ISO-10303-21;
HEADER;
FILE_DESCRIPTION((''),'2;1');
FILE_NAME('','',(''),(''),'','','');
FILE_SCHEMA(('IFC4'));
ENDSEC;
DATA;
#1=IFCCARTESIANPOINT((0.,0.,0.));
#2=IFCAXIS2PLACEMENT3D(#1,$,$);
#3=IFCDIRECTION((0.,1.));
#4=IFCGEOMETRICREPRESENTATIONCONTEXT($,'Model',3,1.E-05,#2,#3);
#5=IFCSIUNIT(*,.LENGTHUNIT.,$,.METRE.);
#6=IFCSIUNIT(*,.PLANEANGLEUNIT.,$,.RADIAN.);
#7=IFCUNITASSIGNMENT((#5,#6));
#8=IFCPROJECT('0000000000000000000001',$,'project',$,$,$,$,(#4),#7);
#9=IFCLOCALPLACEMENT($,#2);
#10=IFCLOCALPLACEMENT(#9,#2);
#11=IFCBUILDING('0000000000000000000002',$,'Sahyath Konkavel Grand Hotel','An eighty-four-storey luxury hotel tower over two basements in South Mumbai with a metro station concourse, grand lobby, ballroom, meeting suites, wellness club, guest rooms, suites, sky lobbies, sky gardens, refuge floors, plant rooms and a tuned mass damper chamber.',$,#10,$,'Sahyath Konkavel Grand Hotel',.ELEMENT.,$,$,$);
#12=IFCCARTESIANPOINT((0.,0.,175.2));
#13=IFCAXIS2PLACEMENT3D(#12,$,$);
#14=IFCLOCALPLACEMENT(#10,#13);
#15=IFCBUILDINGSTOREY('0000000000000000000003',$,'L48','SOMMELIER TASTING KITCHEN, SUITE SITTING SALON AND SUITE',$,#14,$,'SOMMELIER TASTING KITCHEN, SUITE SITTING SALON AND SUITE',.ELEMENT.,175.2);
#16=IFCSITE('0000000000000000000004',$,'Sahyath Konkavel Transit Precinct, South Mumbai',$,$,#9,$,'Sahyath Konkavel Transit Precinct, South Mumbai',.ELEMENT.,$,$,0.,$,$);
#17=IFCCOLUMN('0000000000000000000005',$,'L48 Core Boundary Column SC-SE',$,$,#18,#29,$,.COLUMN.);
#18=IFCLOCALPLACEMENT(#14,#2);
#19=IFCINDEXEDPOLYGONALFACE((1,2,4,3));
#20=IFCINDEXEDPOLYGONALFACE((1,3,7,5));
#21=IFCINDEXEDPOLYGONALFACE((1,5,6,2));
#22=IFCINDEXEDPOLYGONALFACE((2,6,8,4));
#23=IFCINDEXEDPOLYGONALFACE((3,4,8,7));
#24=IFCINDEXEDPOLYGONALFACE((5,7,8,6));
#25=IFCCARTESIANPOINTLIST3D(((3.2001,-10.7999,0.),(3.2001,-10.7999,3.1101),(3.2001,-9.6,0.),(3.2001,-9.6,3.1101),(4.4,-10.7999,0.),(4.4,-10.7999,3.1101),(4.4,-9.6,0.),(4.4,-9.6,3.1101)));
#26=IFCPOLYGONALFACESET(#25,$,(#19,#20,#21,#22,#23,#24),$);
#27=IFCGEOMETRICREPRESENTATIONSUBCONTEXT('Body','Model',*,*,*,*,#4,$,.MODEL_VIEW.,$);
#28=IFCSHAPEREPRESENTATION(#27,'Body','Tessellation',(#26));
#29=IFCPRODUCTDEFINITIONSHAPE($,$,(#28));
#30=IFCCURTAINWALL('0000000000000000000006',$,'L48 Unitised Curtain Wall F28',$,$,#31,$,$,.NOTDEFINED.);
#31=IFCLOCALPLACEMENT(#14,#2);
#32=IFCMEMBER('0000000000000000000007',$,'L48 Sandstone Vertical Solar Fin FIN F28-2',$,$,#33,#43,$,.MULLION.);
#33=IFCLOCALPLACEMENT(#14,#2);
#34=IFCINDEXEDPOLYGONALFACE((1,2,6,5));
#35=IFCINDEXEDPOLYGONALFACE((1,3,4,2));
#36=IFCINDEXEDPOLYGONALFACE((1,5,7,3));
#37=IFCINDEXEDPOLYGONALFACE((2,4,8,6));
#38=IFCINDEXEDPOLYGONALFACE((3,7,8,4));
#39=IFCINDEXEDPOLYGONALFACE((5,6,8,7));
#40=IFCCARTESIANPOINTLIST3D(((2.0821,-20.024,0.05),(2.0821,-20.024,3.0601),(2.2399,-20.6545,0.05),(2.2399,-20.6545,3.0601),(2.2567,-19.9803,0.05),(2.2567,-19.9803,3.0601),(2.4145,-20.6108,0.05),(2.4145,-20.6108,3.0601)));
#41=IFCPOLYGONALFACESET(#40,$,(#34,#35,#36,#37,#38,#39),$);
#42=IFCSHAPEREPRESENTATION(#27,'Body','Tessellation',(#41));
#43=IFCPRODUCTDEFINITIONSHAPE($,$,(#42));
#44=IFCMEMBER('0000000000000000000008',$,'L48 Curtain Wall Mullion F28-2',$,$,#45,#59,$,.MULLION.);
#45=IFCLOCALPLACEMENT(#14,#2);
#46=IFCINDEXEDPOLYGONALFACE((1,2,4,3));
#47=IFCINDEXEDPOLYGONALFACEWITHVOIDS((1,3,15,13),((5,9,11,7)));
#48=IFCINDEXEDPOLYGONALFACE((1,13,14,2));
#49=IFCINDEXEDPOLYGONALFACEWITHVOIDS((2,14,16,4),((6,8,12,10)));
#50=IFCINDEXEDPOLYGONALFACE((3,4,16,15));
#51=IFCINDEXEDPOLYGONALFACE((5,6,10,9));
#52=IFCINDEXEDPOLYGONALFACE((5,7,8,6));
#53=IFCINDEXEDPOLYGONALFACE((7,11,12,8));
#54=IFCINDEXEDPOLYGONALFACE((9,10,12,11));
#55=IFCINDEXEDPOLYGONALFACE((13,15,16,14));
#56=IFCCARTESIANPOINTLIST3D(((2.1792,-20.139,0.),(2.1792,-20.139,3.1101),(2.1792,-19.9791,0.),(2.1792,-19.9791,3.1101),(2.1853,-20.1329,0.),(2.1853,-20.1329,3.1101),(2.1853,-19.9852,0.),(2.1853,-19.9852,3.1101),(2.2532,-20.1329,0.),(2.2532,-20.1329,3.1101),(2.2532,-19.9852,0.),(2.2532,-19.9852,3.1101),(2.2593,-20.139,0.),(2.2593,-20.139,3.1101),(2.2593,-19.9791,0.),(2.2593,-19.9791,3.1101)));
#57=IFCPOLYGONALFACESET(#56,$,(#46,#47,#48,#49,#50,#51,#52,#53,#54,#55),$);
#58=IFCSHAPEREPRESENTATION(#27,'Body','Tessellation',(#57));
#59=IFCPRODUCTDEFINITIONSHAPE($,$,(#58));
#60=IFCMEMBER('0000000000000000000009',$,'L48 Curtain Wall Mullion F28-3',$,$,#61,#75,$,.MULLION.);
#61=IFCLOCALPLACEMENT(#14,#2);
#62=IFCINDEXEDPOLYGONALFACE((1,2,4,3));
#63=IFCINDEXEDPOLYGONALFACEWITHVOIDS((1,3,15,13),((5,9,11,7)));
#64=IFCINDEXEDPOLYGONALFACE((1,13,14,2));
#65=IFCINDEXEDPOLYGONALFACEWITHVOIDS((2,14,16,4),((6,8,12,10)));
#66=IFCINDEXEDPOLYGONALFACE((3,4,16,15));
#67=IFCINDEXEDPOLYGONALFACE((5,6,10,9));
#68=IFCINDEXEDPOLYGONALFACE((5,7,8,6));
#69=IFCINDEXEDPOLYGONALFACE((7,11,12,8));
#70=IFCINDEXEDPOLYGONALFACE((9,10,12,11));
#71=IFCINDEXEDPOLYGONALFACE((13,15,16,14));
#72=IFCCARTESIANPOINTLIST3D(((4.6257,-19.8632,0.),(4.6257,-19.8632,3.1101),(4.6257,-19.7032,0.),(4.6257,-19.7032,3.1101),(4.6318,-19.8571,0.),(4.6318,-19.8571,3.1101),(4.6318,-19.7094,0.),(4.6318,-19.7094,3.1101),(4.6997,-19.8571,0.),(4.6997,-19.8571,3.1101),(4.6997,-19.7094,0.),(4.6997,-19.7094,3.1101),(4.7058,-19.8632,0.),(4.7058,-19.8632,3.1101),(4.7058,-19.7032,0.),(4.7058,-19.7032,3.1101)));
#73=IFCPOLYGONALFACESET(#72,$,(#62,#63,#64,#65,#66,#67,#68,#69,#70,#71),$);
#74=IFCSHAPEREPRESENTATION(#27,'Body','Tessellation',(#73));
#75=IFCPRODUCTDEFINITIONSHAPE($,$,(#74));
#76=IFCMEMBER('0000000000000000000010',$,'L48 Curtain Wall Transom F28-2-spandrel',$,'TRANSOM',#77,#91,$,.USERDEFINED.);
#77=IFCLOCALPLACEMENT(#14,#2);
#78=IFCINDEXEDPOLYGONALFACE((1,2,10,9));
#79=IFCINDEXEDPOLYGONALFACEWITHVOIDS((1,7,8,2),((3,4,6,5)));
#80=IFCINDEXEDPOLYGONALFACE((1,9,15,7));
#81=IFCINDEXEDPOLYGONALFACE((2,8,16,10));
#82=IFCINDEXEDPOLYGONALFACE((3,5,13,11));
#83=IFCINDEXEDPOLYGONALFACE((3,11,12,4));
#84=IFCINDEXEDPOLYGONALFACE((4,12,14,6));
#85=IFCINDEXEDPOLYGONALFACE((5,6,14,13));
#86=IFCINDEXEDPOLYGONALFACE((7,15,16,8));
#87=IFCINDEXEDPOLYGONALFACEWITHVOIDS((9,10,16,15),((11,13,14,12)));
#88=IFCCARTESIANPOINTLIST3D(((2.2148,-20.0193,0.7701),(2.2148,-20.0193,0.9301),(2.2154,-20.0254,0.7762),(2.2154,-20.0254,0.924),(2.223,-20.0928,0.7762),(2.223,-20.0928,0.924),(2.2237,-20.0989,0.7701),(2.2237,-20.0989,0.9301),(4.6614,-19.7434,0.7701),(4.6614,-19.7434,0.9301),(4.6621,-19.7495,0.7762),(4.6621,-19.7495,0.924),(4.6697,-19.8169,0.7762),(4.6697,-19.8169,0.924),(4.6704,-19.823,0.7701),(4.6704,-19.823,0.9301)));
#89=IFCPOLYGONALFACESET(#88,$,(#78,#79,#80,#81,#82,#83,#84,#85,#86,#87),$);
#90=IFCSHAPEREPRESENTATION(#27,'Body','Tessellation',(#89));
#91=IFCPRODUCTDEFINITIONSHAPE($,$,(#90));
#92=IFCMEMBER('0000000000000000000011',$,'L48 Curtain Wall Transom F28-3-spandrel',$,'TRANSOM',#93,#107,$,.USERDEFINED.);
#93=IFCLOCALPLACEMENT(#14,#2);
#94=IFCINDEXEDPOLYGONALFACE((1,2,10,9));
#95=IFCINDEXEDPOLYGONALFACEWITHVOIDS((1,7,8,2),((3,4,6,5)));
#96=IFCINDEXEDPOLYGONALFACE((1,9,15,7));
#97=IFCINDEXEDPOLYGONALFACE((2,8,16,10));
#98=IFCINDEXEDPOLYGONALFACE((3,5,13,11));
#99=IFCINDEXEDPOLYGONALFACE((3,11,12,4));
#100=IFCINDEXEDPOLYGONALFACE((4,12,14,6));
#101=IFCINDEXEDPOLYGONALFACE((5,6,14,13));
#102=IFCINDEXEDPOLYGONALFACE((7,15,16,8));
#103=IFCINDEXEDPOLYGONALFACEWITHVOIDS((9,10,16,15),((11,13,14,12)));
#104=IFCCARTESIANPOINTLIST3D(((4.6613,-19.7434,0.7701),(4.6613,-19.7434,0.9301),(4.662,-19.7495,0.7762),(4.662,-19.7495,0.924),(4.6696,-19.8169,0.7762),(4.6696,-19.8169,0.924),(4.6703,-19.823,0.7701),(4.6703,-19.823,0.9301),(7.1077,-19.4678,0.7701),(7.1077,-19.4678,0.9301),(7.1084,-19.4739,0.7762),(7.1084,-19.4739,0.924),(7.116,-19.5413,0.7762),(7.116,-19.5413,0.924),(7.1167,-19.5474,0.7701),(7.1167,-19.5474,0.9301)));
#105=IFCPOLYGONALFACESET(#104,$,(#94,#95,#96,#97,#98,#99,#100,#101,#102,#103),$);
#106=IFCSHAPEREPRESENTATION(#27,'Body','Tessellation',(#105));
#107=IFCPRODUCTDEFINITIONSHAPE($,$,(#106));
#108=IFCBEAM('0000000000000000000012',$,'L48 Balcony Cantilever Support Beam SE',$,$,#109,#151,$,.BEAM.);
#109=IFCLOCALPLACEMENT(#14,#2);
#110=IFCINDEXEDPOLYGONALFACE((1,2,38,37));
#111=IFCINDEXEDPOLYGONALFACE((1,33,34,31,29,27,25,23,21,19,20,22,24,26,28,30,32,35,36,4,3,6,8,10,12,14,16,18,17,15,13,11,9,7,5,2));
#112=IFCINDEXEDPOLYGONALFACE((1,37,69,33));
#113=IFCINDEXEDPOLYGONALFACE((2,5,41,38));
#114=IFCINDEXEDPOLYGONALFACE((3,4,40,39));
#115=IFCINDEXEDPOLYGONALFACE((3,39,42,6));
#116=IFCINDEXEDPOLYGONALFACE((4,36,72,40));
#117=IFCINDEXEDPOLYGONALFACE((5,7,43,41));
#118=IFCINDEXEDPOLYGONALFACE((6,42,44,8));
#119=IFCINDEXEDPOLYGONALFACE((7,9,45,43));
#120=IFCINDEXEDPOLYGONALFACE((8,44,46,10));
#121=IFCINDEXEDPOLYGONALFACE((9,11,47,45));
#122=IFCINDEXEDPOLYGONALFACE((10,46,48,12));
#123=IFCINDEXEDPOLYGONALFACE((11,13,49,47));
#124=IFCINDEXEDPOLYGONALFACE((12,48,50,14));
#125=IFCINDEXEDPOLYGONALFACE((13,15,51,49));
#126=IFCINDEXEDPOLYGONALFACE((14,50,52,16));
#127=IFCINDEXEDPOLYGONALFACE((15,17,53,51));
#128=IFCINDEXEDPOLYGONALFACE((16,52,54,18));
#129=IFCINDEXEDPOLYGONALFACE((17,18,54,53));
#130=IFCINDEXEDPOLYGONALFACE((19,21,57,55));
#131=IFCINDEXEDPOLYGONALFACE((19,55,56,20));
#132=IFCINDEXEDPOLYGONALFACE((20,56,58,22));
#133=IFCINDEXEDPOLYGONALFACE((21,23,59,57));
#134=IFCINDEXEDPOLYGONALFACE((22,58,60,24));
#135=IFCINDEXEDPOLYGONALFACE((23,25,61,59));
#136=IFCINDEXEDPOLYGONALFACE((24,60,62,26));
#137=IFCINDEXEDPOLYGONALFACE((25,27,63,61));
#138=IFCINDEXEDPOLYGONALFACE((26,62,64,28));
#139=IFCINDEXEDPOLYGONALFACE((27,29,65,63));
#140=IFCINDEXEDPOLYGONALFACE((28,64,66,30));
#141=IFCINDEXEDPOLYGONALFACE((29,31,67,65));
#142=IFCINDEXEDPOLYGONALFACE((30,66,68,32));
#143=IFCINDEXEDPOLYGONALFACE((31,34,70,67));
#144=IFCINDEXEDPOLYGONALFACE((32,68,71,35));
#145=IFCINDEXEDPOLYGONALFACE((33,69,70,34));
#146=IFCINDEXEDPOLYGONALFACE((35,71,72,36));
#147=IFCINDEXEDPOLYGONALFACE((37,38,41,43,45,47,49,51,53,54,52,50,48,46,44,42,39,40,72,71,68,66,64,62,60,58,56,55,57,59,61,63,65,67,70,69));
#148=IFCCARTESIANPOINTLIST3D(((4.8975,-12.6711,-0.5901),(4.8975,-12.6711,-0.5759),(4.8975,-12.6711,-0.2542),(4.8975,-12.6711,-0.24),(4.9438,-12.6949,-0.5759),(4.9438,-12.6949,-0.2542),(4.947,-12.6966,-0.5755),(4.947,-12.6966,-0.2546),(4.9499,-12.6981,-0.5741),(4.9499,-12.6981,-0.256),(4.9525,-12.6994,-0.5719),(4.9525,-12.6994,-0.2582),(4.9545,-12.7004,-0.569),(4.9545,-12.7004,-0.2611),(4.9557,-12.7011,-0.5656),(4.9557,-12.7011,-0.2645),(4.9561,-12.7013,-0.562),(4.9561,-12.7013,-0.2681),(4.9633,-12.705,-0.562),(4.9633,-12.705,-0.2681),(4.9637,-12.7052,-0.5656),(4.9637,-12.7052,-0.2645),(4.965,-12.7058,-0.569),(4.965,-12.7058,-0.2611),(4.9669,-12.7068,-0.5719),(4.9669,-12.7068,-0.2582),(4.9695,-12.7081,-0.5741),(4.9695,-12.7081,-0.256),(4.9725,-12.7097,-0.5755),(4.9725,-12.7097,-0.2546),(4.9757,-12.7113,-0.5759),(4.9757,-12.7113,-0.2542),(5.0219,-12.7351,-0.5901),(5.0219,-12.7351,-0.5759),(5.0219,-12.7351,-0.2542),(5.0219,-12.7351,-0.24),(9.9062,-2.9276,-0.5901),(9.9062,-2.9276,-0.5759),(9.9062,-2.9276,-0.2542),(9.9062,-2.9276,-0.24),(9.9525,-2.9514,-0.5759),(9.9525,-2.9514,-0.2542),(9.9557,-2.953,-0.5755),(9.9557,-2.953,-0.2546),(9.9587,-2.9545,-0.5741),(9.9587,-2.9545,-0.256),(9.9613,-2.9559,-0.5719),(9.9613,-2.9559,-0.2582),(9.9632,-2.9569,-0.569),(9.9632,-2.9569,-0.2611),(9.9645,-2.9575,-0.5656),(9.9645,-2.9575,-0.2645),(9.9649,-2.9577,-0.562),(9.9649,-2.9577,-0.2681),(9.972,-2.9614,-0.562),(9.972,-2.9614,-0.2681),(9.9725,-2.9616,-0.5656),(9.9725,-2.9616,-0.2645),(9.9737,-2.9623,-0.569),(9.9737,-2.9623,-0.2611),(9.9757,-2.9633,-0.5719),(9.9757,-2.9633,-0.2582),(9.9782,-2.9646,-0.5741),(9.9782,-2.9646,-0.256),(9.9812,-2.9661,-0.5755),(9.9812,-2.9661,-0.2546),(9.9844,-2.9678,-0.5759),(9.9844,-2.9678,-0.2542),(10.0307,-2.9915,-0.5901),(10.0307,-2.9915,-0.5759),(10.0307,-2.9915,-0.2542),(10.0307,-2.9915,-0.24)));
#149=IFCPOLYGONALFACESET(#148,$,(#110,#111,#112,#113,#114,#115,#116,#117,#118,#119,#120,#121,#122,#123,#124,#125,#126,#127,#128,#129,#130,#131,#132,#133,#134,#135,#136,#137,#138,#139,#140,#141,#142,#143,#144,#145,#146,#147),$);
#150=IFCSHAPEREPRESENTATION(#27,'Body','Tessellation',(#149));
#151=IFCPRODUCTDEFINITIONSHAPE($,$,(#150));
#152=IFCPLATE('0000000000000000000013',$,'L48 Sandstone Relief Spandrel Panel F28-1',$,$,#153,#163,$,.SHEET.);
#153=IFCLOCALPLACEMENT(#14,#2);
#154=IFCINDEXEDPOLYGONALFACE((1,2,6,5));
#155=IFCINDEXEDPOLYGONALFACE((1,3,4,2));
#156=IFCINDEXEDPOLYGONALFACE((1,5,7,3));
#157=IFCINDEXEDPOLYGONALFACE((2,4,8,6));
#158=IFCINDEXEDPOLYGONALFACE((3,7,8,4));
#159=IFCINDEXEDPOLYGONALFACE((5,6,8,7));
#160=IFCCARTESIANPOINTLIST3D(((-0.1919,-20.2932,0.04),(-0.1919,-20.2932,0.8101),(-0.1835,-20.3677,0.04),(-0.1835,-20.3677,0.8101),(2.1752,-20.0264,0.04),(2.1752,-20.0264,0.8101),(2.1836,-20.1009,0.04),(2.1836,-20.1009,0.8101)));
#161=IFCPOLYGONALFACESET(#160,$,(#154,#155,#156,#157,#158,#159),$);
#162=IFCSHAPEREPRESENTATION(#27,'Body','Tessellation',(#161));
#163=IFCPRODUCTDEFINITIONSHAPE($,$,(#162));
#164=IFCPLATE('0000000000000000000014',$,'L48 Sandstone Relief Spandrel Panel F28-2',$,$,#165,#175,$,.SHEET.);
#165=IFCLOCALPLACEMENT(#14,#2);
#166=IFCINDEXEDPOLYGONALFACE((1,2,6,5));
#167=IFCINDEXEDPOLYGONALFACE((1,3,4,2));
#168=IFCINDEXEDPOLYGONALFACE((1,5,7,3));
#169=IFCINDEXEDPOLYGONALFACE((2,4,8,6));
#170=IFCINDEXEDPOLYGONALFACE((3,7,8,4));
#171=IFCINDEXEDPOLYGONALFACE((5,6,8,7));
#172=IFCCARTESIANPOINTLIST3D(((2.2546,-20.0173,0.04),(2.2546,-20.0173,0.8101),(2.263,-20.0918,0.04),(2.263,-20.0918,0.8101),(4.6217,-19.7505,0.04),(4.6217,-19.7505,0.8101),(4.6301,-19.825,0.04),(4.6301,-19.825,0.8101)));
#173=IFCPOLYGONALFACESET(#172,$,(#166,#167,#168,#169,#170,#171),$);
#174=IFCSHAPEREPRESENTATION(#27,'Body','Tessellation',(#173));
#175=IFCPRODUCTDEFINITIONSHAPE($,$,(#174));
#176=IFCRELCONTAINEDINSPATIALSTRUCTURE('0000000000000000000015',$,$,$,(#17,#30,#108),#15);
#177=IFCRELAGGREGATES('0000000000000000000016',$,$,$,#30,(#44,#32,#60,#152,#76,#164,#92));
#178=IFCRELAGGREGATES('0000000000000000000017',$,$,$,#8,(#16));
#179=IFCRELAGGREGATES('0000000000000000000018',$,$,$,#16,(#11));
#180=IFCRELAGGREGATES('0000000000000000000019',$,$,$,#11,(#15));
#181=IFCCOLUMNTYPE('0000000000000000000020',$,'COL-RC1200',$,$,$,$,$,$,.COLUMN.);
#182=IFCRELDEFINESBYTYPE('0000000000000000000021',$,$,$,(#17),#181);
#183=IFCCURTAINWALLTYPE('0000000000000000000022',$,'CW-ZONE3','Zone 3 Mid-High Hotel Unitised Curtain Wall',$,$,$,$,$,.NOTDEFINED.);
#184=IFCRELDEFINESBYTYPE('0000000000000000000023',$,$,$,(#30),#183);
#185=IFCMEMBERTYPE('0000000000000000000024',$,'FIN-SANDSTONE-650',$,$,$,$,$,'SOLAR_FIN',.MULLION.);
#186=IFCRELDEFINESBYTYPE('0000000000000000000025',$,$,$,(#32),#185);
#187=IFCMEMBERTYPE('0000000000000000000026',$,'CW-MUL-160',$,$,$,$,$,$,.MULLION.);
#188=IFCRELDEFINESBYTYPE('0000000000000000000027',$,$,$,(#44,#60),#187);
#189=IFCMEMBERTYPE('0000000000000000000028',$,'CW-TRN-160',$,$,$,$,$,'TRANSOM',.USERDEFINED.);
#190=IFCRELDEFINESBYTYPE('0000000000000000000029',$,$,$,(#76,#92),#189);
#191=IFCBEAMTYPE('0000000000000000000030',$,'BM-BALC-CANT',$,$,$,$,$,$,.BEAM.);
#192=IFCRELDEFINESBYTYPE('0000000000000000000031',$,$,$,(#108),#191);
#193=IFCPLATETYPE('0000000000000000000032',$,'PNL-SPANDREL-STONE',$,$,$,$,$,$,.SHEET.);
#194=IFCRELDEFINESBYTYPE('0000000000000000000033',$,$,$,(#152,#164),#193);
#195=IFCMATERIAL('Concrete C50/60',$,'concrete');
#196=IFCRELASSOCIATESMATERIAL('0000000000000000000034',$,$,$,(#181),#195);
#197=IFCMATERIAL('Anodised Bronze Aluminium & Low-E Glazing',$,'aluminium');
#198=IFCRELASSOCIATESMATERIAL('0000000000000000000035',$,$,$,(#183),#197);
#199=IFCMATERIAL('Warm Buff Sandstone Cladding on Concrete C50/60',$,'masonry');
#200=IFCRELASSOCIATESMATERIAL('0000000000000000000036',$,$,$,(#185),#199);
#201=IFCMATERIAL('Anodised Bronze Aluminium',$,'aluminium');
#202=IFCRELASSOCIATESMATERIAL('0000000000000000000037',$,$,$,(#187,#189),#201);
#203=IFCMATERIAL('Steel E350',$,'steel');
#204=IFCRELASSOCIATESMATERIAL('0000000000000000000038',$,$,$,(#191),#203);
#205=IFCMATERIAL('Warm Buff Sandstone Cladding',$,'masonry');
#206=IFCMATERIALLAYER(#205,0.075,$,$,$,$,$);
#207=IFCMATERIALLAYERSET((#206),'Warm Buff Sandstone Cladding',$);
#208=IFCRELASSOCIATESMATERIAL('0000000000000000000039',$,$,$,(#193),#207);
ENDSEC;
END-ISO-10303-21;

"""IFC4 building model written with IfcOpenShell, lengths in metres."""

from ifc_helpers import new_model, si_unit, direction, frame, origin, origin_2d, place, context, subcontext, project, spatial, rectangle, hollow_rectangle, i_section, extrude, source, transform, mapped, material, layer, layer_set, material_profile, profile_set, type_object, element, aggregate, save


model = new_model("IFC4")

# Units and contexts
model_context = context("Model", 3, precision=1e-05, world=origin(), true_north=direction((0.0, 1.0)))
body_context = subcontext(model_context, "Body", "Model", "MODEL_VIEW")
ifc_project = project(units=[si_unit("LENGTHUNIT", "METRE"), si_unit("PLANEANGLEUNIT", "RADIAN")], contexts=[model_context])

# Site, building, storey
site_placement = place(None, origin())
site = spatial("IfcSite", under=ifc_project, at=site_placement, Name="Sahyath Konkavel Transit Precinct, South Mumbai", LongName="Sahyath Konkavel Transit Precinct, South Mumbai", CompositionType="ELEMENT", RefElevation=0.0)
building_placement = place(site_placement, origin())
building = spatial("IfcBuilding", under=site, at=building_placement, Name="Sahyath Konkavel Grand Hotel", Description="An eighty-four-storey luxury hotel tower over two basements in South Mumbai with a metro station concourse, grand lobby, ballroom, meeting suites, wellness club, guest rooms, suites, sky lobbies, sky gardens, refuge floors, plant rooms and a tuned mass damper chamber.", LongName="Sahyath Konkavel Grand Hotel", CompositionType="ELEMENT")
storey_placement = place(building_placement, frame((0.0, 0.0, 175.2)))
storey = spatial("IfcBuildingStorey", under=building, at=storey_placement, Name="L48", Description="SOMMELIER TASTING KITCHEN, SUITE SITTING SALON AND SUITE", LongName="SOMMELIER TASTING KITCHEN, SUITE SITTING SALON AND SUITE", CompositionType="ELEMENT", Elevation=175.2)

# Column
ifc_material_1 = material(Name="Concrete C50/60", Category="concrete")
ifc_material_profile_1 = material_profile(ifc_material_1, rectangle(XDim=1.2, YDim=1.2, at=origin_2d()), Name="RC 1200x1200")
ifc_profile_set_1 = profile_set([ifc_material_profile_1], Name="Concrete C50/60")
column_type = type_object("IfcColumnType", Name="COL-RC1200", PredefinedType="COLUMN", material=ifc_profile_set_1)
shared_shape_1 = source(origin(), body_context, "Body", "SweptSolid", [
    extrude(rectangle(XDim=1.2, YDim=1.2, at=origin_2d()), origin(), (0.0, 0.0, 1.0), 3.1101),
])
column_placement = place(storey_placement, frame((3.8, -10.2, 0.0), z_axis=(0.0, 0.0, 1.0), x_axis=(1.0, 0.0, 0.0)))
element("IfcColumn", 1, at=column_placement, inside=storey, type_object=column_type, Name="L48 Core Boundary Column SC-SE", PredefinedType="COLUMN", context=body_context, shape_type="MappedRepresentation", body=[
    mapped(shared_shape_1, transform((0.0, 0.0, 0.0), scale=1.0)),
])

# Curtain wall, members
ifc_material_2 = material(Name="Anodised Bronze Aluminium & Low-E Glazing", Category="aluminium")
curtain_wall_type = type_object("IfcCurtainWallType", Name="CW-ZONE3", Description="Zone 3 Mid-High Hotel Unitised Curtain Wall", PredefinedType="NOTDEFINED", material=ifc_material_2)
curtain_wall_placement = place(storey_placement, origin())
curtain_wall = element("IfcCurtainWall", 2, at=curtain_wall_placement, inside=storey, type_object=curtain_wall_type, Name="L48 Unitised Curtain Wall F28", PredefinedType="NOTDEFINED")
ifc_material_3 = material(Name="Warm Buff Sandstone Cladding on Concrete C50/60", Category="masonry")
ifc_material_profile_2 = material_profile(ifc_material_3, rectangle(XDim=0.1799, YDim=0.6499, at=origin_2d()), Name="FIN 180x650")
ifc_profile_set_2 = profile_set([ifc_material_profile_2], Name="Warm Buff Sandstone Cladding on Concrete C50/60")
member_type_1 = type_object("IfcMemberType", Name="FIN-SANDSTONE-650", ElementType="SOLAR_FIN", PredefinedType="MULLION", material=ifc_profile_set_2)
shared_shape_2 = source(origin(), body_context, "Body", "SweptSolid", [
    extrude(rectangle(XDim=0.1799, YDim=0.6499, at=origin_2d()), origin(), (0.0, 0.0, 1.0), 3.01),
])
member_1_placement = place(storey_placement, frame((2.2483, -20.3174, 0.05), z_axis=(0.0, 0.0, 1.0), x_axis=(0.970084, 0.242769, 0.0)))
member_1 = element("IfcMember", 3, at=member_1_placement, type_object=member_type_1, Name="L48 Sandstone Vertical Solar Fin FIN F28-2", PredefinedType="MULLION", context=body_context, shape_type="MappedRepresentation", body=[
    mapped(shared_shape_2, transform((0.0, 0.0, 0.0), scale=1.0)),
])
ifc_material_4 = material(Name="Anodised Bronze Aluminium", Category="aluminium")
ifc_material_profile_3 = material_profile(ifc_material_4, hollow_rectangle(XDim=0.0801, YDim=0.1599, WallThickness=0.0061, at=origin_2d()), Name="RHS 160x80x6")
ifc_profile_set_3 = profile_set([ifc_material_profile_3], Name="Anodised Bronze Aluminium")
member_type_2 = type_object("IfcMemberType", Name="CW-MUL-160", PredefinedType="MULLION", material=ifc_profile_set_3)
shared_shape_3 = source(origin(), body_context, "Body", "SweptSolid", [
    extrude(hollow_rectangle(XDim=0.0801, YDim=0.1599, WallThickness=0.0061, at=origin_2d()), origin(), (0.0, 0.0, 1.0), 3.1101),
])
member_2_placement = place(storey_placement, frame((2.2192, -20.0591, 0.0), z_axis=(0.0, 0.0, 1.0), x_axis=(1.0, 0.0, 0.0)))
member_2 = element("IfcMember", 4, at=member_2_placement, type_object=member_type_2, Name="L48 Curtain Wall Mullion F28-2", PredefinedType="MULLION", context=body_context, shape_type="MappedRepresentation", body=[
    mapped(shared_shape_3, transform((0.0, 0.0, 0.0), scale=1.0)),
])
member_3_placement = place(storey_placement, frame((4.6658, -19.7832, 0.0), z_axis=(0.0, 0.0, 1.0), x_axis=(1.0, 0.0, 0.0)))
member_3 = element("IfcMember", 5, at=member_3_placement, type_object=member_type_2, Name="L48 Curtain Wall Mullion F28-3", PredefinedType="MULLION", context=body_context, shape_type="MappedRepresentation", body=[
    mapped(shared_shape_3, transform((0.0, 0.0, 0.0), scale=1.0)),
])
ifc_material_profile_4 = material_profile(ifc_material_4, hollow_rectangle(XDim=0.0801, YDim=0.1599, WallThickness=0.0061, at=origin_2d()), Name="RHS 160x80x6")
ifc_profile_set_4 = profile_set([ifc_material_profile_4], Name="Anodised Bronze Aluminium")
member_type_3 = type_object("IfcMemberType", Name="CW-TRN-160", ElementType="TRANSOM", PredefinedType="USERDEFINED", material=ifc_profile_set_4)
shared_shape_4 = source(origin(), body_context, "Body", "SweptSolid", [
    extrude(hollow_rectangle(XDim=0.0801, YDim=0.1599, WallThickness=0.0061, at=origin_2d()), origin(), (0.0, 0.0, 1.0), 2.4622),
])
member_4_placement = place(storey_placement, frame((2.2192, -20.0591, 0.8501), z_axis=(0.993702, 0.112053, 0.0), x_axis=(-0.112053, 0.993702, 0.0)))
member_4 = element("IfcMember", 6, at=member_4_placement, type_object=member_type_3, Name="L48 Curtain Wall Transom F28-2-spandrel", ObjectType="TRANSOM", PredefinedType="USERDEFINED", context=body_context, shape_type="MappedRepresentation", body=[
    mapped(shared_shape_4, transform((0.0, 0.0, 0.0), scale=1.0)),
])
shared_shape_5 = source(origin(), body_context, "Body", "SweptSolid", [
    extrude(hollow_rectangle(XDim=0.0801, YDim=0.1599, WallThickness=0.0061, at=origin_2d()), origin(), (0.0, 0.0, 1.0), 2.4619),
])
member_5_placement = place(storey_placement, frame((4.6658, -19.7832, 0.8501), z_axis=(0.993713, 0.111955, 0.0), x_axis=(-0.111955, 0.993713, 0.0)))
member_5 = element("IfcMember", 7, at=member_5_placement, type_object=member_type_3, Name="L48 Curtain Wall Transom F28-3-spandrel", ObjectType="TRANSOM", PredefinedType="USERDEFINED", context=body_context, shape_type="MappedRepresentation", body=[
    mapped(shared_shape_5, transform((0.0, 0.0, 0.0), scale=1.0)),
])

# Beam
ifc_material_5 = material(Name="Steel E350", Category="steel")
ifc_material_profile_5 = material_profile(ifc_material_5, i_section(OverallWidth=0.1399, OverallDepth=0.3501, WebThickness=0.0081, FlangeThickness=0.0142, FilletRadius=0.0139, at=origin_2d()), Name="ISMB 350")
ifc_profile_set_5 = profile_set([ifc_material_profile_5], Name="Steel E350")
beam_type = type_object("IfcBeamType", Name="BM-BALC-CANT", PredefinedType="BEAM", material=ifc_profile_set_5)
shared_shape_6 = source(origin(), body_context, "Body", "SweptSolid", [
    extrude(i_section(OverallWidth=0.1399, OverallDepth=0.3501, WebThickness=0.0081, FlangeThickness=0.0142, FilletRadius=0.0139, at=origin_2d()), origin(), (0.0, 0.0, 1.0), 10.9556),
])
beam_placement = place(storey_placement, frame((4.9597, -12.7031, -0.415), z_axis=(0.457187, 0.889371, 0.0), x_axis=(-0.889371, 0.457187, 0.0)))
element("IfcBeam", 8, at=beam_placement, inside=storey, type_object=beam_type, Name="L48 Balcony Cantilever Support Beam SE", PredefinedType="BEAM", context=body_context, shape_type="MappedRepresentation", body=[
    mapped(shared_shape_6, transform((0.0, 0.0, 0.0), scale=1.0)),
])

# Plates
ifc_material_6 = material(Name="Warm Buff Sandstone Cladding", Category="masonry")
ifc_layer_1 = layer(ifc_material_6, 0.075)
ifc_layer_set_1 = layer_set([ifc_layer_1], Name="Warm Buff Sandstone Cladding")
plate_type_1 = type_object("IfcPlateType", Name="PNL-SPANDREL-STONE", PredefinedType="SHEET", material=ifc_layer_set_1)
shared_shape_7 = source(origin(), body_context, "Body", "SweptSolid", [
    extrude(rectangle(XDim=2.3821, YDim=0.075, at=origin_2d()), origin(), (0.0, 0.0, 1.0), 0.77),
])
plate_1_placement = place(storey_placement, frame((0.9958, -20.197, 0.04), z_axis=(0.0, 0.0, 1.0), x_axis=(0.993707, 0.112007, 0.0)))
plate_1 = element("IfcPlate", 9, at=plate_1_placement, type_object=plate_type_1, Name="L48 Sandstone Relief Spandrel Panel F28-1", PredefinedType="SHEET", context=body_context, shape_type="MappedRepresentation", body=[
    mapped(shared_shape_7, transform((0.0, 0.0, 0.0), scale=1.0)),
])
plate_2_placement = place(storey_placement, frame((3.4424, -19.9211, 0.04), z_axis=(0.0, 0.0, 1.0), x_axis=(0.993707, 0.112007, 0.0)))
plate_2 = element("IfcPlate", 10, at=plate_2_placement, type_object=plate_type_1, Name="L48 Sandstone Relief Spandrel Panel F28-2", PredefinedType="SHEET", context=body_context, shape_type="MappedRepresentation", body=[
    mapped(shared_shape_7, transform((0.0, 0.0, 0.0), scale=1.0)),
])
aggregate(curtain_wall, [member_2, member_1, member_3, plate_1, member_4, plate_2, member_5])

save(model, "model.ifc")
